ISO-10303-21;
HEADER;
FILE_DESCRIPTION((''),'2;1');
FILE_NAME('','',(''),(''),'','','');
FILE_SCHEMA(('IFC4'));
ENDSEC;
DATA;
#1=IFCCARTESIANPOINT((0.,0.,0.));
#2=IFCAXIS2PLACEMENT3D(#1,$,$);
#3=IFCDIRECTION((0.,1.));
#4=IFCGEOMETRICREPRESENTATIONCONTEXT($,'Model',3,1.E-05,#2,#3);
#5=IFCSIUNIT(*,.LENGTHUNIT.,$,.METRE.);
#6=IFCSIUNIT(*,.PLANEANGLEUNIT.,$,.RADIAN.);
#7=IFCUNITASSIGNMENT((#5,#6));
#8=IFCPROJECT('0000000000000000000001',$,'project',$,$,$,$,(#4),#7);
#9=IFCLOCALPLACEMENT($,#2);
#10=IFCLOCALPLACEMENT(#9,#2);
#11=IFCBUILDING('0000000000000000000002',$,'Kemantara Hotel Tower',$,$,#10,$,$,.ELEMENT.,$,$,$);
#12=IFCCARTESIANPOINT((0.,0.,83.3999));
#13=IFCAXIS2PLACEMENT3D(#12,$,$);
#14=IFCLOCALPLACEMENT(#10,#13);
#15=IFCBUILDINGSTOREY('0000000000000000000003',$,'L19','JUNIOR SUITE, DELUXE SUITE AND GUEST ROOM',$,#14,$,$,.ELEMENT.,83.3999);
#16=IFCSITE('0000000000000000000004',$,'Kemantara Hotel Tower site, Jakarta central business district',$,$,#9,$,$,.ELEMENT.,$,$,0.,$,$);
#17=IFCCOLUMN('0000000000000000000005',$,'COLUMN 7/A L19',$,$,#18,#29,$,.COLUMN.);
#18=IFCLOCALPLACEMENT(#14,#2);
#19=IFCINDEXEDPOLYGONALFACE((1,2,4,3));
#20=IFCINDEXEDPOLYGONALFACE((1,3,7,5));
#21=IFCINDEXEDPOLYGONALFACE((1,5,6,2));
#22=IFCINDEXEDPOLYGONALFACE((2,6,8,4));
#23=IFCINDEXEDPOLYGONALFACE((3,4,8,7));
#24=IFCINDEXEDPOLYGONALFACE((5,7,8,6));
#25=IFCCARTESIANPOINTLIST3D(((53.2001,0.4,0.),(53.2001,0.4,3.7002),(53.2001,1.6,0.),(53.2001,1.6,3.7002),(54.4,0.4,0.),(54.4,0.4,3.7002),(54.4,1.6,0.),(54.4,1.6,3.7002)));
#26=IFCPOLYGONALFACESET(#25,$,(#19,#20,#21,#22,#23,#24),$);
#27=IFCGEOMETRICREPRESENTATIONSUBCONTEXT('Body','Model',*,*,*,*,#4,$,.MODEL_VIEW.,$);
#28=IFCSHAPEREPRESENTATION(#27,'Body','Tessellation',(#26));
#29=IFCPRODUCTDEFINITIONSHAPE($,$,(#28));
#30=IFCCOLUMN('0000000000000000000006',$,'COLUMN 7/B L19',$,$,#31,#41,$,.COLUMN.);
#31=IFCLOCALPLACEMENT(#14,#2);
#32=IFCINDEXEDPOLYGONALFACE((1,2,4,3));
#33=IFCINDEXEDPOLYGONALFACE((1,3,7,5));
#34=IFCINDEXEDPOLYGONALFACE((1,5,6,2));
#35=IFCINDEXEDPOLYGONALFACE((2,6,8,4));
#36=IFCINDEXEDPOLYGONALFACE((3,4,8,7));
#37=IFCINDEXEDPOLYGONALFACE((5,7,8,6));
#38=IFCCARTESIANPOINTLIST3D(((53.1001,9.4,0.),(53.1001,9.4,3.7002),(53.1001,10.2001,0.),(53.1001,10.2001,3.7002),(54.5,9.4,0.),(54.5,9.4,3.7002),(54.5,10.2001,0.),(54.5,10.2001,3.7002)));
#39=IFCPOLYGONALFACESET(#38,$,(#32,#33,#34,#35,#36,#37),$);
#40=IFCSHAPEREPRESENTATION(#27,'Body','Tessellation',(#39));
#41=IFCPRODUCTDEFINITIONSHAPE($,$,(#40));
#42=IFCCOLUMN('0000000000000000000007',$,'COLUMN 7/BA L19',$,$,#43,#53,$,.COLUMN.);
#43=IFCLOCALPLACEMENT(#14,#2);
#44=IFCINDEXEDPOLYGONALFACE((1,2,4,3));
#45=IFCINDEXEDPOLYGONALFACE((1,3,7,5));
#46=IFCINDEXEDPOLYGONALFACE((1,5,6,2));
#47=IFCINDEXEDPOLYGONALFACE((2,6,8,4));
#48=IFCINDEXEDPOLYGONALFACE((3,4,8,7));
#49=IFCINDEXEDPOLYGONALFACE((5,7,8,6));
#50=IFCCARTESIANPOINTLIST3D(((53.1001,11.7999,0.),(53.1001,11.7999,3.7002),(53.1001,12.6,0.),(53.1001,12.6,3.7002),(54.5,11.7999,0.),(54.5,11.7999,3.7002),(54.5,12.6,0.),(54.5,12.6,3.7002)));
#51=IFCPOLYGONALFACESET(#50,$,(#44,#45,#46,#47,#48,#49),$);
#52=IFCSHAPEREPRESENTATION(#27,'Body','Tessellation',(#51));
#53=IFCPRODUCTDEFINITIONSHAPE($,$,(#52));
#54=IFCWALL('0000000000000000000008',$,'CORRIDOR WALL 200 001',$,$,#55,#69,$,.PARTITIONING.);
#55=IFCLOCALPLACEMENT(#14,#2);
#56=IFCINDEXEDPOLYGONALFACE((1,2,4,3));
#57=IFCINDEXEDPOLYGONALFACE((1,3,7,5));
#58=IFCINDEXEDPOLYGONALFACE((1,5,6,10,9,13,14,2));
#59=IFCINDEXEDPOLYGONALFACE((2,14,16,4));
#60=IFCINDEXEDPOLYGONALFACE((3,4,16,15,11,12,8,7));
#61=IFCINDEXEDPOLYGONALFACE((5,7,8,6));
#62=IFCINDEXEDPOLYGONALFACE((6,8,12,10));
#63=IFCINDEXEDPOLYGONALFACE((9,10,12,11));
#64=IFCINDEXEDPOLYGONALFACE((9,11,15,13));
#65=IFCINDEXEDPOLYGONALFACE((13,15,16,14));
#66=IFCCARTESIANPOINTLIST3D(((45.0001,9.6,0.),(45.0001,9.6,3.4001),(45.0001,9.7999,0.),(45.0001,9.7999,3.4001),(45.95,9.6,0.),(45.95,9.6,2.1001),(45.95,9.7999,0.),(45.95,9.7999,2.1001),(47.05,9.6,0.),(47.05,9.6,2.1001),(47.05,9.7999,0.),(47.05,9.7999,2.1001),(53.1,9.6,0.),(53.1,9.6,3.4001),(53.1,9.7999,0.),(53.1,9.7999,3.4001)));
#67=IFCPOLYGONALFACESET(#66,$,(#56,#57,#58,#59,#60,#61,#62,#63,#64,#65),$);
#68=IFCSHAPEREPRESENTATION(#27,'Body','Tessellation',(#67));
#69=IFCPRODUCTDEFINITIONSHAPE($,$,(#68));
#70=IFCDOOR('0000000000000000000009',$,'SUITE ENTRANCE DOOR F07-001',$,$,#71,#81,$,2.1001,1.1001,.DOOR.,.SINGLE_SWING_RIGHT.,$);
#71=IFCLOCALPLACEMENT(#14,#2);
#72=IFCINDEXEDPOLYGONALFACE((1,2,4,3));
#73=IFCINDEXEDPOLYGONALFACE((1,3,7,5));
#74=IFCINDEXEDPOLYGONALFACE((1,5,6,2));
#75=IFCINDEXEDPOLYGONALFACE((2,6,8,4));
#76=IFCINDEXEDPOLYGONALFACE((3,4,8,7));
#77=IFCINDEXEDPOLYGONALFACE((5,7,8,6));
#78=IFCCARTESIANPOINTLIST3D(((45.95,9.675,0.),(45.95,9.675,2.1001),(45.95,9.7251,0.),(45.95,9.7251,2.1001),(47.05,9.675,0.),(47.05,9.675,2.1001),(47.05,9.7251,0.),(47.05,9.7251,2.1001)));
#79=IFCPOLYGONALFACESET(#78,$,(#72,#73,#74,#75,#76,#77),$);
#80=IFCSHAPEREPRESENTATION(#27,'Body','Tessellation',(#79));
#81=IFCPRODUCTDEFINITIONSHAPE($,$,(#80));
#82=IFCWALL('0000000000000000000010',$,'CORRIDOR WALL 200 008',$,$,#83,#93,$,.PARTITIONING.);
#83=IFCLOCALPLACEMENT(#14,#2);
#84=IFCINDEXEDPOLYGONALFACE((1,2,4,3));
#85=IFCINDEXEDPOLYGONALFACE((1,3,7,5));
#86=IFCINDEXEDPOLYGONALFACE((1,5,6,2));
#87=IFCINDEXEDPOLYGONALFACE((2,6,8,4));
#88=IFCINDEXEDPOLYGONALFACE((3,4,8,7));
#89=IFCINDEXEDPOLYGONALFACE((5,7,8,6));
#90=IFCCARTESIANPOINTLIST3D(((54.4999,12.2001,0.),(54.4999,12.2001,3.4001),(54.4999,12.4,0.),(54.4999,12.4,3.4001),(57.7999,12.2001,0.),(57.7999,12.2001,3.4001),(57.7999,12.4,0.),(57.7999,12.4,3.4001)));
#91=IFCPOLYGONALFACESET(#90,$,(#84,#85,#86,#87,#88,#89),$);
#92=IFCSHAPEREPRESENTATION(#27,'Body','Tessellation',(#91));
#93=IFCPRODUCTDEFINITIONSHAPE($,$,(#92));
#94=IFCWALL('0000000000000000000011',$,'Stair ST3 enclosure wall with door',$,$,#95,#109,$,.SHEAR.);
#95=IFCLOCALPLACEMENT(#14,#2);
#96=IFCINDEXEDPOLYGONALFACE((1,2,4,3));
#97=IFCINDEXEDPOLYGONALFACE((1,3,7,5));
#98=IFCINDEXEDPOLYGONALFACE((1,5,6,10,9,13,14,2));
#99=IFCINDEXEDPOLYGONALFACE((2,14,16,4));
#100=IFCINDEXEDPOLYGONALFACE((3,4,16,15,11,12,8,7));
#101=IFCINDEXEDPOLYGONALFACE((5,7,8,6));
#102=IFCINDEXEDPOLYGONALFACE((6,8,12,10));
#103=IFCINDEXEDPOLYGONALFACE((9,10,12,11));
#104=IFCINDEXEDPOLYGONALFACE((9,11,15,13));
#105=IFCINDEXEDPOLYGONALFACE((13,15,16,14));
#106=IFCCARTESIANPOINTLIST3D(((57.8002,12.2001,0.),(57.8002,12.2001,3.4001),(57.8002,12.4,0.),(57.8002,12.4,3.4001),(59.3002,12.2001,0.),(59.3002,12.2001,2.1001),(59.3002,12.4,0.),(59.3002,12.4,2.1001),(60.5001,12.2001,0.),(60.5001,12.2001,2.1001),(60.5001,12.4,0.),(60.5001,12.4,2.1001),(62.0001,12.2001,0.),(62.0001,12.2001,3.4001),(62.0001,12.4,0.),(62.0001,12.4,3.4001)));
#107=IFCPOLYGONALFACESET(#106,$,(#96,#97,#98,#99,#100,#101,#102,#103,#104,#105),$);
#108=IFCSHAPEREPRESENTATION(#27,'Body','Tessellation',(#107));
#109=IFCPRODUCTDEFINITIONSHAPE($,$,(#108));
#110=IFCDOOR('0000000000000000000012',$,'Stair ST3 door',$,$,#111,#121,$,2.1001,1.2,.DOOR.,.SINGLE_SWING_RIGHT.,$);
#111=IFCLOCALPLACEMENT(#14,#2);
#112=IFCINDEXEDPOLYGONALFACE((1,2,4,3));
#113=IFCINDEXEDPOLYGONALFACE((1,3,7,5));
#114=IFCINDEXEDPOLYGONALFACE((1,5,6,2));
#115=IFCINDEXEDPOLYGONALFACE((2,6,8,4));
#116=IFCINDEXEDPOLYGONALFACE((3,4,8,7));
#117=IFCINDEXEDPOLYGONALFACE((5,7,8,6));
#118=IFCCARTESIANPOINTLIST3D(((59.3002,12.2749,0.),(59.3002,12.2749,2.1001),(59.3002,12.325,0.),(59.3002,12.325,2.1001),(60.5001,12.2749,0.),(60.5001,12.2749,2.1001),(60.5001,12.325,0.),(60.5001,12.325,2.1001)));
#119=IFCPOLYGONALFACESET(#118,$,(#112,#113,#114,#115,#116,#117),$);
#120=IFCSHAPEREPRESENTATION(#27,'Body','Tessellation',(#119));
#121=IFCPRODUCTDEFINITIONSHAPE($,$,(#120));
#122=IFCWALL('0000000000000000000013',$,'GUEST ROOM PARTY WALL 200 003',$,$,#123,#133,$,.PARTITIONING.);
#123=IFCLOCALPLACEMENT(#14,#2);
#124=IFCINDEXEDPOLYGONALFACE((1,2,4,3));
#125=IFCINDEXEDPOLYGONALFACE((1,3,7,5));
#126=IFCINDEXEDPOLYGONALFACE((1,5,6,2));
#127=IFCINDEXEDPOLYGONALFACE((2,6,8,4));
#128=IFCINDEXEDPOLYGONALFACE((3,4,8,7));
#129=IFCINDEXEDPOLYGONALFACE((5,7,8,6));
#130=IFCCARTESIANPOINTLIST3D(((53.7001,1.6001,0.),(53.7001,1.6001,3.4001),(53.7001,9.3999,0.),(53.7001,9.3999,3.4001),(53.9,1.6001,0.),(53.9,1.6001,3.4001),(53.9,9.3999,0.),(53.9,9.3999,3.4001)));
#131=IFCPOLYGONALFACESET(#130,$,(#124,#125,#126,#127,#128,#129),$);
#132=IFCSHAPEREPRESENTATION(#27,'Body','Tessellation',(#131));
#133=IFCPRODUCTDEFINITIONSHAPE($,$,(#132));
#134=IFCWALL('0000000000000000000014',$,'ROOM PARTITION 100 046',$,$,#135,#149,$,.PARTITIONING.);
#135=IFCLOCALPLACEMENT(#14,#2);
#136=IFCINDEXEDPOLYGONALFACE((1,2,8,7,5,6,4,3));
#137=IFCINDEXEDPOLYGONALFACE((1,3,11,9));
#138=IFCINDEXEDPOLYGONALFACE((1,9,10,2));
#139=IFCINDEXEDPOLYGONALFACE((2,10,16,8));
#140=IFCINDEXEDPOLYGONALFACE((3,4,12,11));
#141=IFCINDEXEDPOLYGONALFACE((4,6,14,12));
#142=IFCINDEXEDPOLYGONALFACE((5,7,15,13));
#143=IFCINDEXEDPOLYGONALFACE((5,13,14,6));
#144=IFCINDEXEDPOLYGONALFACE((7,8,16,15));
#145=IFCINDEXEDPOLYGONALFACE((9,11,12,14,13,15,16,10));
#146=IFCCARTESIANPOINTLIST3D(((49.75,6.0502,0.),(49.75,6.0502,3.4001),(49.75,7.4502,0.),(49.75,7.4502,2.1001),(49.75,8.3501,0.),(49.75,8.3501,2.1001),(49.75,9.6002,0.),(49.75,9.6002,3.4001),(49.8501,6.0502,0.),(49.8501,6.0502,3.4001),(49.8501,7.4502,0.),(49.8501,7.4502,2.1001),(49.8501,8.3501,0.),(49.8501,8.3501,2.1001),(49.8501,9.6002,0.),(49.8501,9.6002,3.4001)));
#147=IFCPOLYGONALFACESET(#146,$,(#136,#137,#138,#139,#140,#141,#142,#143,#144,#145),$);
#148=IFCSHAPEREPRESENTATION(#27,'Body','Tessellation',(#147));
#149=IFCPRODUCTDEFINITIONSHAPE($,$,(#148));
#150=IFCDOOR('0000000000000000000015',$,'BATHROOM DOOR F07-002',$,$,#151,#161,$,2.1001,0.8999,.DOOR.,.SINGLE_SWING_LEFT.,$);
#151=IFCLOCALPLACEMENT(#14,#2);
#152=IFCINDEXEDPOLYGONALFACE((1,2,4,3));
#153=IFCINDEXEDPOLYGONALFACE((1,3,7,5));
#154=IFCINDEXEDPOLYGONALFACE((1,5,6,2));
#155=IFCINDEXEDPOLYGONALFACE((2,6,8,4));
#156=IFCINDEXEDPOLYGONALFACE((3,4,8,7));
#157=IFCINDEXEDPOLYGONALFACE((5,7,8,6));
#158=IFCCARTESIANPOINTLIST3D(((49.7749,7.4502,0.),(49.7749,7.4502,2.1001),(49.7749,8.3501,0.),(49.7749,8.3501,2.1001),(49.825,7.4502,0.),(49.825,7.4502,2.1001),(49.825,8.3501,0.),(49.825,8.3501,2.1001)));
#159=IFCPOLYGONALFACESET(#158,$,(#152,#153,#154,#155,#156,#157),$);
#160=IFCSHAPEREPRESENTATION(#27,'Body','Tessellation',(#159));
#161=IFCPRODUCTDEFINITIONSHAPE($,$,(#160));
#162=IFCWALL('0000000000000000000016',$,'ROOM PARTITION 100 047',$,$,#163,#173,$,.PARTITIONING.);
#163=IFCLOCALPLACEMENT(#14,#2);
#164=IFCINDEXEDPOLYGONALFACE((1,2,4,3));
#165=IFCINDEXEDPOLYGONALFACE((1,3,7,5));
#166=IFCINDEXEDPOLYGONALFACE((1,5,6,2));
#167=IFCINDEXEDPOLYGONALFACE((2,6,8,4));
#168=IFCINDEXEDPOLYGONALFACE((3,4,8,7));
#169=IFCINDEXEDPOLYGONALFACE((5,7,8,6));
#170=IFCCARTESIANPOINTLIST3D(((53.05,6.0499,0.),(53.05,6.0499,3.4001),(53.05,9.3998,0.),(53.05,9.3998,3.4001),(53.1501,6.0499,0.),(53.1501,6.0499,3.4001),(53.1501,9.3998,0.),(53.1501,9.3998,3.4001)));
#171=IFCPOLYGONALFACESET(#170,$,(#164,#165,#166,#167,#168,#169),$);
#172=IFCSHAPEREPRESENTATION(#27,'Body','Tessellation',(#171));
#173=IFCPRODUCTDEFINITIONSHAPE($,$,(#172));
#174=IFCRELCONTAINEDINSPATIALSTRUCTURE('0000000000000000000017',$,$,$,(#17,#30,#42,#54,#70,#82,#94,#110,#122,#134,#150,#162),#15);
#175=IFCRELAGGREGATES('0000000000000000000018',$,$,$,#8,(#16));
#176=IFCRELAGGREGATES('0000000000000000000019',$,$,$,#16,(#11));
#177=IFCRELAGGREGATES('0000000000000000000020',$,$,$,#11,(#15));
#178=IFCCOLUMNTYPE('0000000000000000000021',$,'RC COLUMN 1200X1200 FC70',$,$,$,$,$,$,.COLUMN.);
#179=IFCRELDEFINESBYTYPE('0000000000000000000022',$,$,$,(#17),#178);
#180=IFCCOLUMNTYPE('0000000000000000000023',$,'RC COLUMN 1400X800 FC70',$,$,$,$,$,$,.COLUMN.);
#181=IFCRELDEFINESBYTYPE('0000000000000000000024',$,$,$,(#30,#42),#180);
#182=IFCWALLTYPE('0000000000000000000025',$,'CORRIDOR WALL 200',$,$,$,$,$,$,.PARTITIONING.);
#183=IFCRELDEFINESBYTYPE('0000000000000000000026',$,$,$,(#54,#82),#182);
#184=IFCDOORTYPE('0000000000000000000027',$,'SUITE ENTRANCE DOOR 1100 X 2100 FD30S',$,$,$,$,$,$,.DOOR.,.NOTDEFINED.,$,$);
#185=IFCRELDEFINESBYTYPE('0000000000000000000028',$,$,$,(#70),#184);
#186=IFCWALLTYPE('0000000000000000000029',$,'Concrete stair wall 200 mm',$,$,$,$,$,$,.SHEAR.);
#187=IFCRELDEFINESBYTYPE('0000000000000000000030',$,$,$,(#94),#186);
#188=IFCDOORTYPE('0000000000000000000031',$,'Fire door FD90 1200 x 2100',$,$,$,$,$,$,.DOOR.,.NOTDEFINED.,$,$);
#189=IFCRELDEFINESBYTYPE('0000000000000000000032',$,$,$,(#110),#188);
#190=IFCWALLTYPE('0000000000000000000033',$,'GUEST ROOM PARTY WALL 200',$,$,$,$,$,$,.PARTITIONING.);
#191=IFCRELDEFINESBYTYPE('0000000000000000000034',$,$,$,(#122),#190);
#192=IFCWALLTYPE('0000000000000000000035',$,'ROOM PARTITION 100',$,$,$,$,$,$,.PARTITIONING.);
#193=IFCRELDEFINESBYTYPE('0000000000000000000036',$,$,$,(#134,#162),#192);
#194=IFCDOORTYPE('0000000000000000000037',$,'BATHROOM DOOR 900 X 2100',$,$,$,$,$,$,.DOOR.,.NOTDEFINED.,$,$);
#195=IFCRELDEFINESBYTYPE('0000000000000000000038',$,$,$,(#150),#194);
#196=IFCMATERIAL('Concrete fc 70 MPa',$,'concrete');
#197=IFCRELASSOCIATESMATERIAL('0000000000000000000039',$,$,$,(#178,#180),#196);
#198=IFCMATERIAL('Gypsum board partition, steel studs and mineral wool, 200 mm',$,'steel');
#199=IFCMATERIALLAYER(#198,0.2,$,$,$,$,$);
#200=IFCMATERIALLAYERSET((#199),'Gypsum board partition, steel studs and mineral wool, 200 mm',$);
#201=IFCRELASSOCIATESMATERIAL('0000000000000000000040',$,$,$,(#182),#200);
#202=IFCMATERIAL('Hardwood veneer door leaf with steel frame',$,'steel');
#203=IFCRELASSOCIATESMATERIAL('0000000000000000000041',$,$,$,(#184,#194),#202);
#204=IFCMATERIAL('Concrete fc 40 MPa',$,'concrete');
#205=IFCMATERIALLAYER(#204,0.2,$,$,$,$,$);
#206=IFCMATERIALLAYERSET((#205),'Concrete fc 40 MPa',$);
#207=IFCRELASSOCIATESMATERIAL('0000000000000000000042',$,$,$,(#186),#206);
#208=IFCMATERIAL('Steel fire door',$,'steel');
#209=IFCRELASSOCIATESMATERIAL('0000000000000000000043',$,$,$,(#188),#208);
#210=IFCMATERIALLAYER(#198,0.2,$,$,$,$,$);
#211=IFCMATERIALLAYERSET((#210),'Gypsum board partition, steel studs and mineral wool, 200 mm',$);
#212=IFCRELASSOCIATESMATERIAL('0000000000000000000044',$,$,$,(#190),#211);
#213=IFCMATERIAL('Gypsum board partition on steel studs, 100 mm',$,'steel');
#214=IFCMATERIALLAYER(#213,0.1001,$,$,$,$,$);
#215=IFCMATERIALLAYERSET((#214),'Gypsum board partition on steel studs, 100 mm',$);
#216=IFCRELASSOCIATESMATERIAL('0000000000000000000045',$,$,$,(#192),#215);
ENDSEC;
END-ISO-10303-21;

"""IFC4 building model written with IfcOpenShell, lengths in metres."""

from ifc_helpers import new_model, si_unit, direction, frame, frame_2d, origin, origin_2d, place, context, subcontext, project, spatial, rectangle, extrude, material, layer, layer_set, material_profile, profile_set, type_object, element, fill, save


model = new_model("IFC4")

# Units and contexts
model_context = context("Model", 3, precision=1e-05, world=origin(), true_north=direction((0.0, 1.0)))
body_context = subcontext(model_context, "Body", "Model", "MODEL_VIEW")
ifc_project = project(units=[si_unit("LENGTHUNIT", "METRE"), si_unit("PLANEANGLEUNIT", "RADIAN")], contexts=[model_context])

# Site, building, storey
site_placement = place(None, origin())
site = spatial("IfcSite", under=ifc_project, at=site_placement, Name="Kemantara Hotel Tower site, Jakarta central business district", CompositionType="ELEMENT", RefElevation=0.0)
building_placement = place(site_placement, origin())
building = spatial("IfcBuilding", under=site, at=building_placement, Name="Kemantara Hotel Tower", CompositionType="ELEMENT")
storey_placement = place(building_placement, frame((0.0, 0.0, 83.3999)))
storey = spatial("IfcBuildingStorey", under=building, at=storey_placement, Name="L19", Description="JUNIOR SUITE, DELUXE SUITE AND GUEST ROOM", CompositionType="ELEMENT", Elevation=83.3999)

# Columns
ifc_material_1 = material(Name="Concrete fc 70 MPa", Category="concrete")
ifc_material_profile_1 = material_profile(ifc_material_1, rectangle(XDim=1.2, YDim=1.2, at=origin_2d()), Name="RC 1200X1200")
ifc_profile_set_1 = profile_set([ifc_material_profile_1], Name="Concrete fc 70 MPa")
column_type_1 = type_object("IfcColumnType", Name="RC COLUMN 1200X1200 FC70", PredefinedType="COLUMN", material=ifc_profile_set_1)
column_placement = place(storey_placement, frame((53.8, 1.0, 0.0), z_axis=(0.0, 0.0, 1.0), x_axis=(1.0, 0.0, 0.0)))
element("IfcColumn", 1, at=column_placement, inside=storey, type_object=column_type_1, Name="COLUMN 7/A L19", PredefinedType="COLUMN", context=body_context, shape_type="SweptSolid", body=[
    extrude(rectangle(XDim=1.2, YDim=1.2, at=origin_2d()), origin(), (0.0, 0.0, 1.0), 3.7002),
])
ifc_material_profile_2 = material_profile(ifc_material_1, rectangle(XDim=1.3999, YDim=0.8, at=origin_2d()), Name="RC 1400X800")
ifc_profile_set_2 = profile_set([ifc_material_profile_2], Name="Concrete fc 70 MPa")
column_type_2 = type_object("IfcColumnType", Name="RC COLUMN 1400X800 FC70", PredefinedType="COLUMN", material=ifc_profile_set_2)
for number, where, z_axis, x_axis, name in (
    (2, (53.8, 9.8, 0.0), (0.0, 0.0, 1.0), (1.0, 0.0, 0.0), "COLUMN 7/B L19"),
    (3, (53.8, 12.2, 0.0), (0.0, 0.0, 1.0), (1.0, 0.0, 0.0), "COLUMN 7/BA L19"),
):
    element("IfcColumn", number, at=place(storey_placement, frame(where, z_axis=z_axis, x_axis=x_axis)), inside=storey, type_object=column_type_2, Name=name, PredefinedType="COLUMN", context=body_context, shape_type="SweptSolid", body=[
        extrude(rectangle(XDim=1.3999, YDim=0.8, at=origin_2d()), origin(), (0.0, 0.0, 1.0), 3.7002),
    ])

# Wall, opening, door
ifc_material_2 = material(Name="Gypsum board partition, steel studs and mineral wool, 200 mm", Category="steel")
ifc_layer_1 = layer(ifc_material_2, 0.2)
ifc_layer_set_1 = layer_set([ifc_layer_1], Name="Gypsum board partition, steel studs and mineral wool, 200 mm")
wall_type_1 = type_object("IfcWallType", Name="CORRIDOR WALL 200", PredefinedType="PARTITIONING", material=ifc_layer_set_1)
wall_1_placement = place(storey_placement, frame((53.0999, 9.7, 0.0), z_axis=(0.0, 0.0, 1.0), x_axis=(-1.0, 0.0, 0.0)))
wall_1 = element("IfcWall", 4, at=wall_1_placement, inside=storey, type_object=wall_type_1, Name="CORRIDOR WALL 200 001", PredefinedType="PARTITIONING", context=body_context, shape_type="SweptSolid", body=[
    extrude(rectangle(XDim=8.0999, YDim=0.2, at=frame_2d((4.0498, 0.0))), origin(), (0.0, 0.0, 1.0), 3.4001),
])
opening_1_placement = place(wall_1_placement, frame((6.0498, 0.0, 0.0)))
opening_1 = element("IfcOpeningElement", 5, at=opening_1_placement, cuts=wall_1, PredefinedType="OPENING", context=body_context, shape_type="SweptSolid", body=[
    extrude(rectangle(XDim=1.1001, YDim=2.1001, at=frame_2d((0.55, 1.05))), frame((0.0, 0.1099, 0.0), z_axis=(0.0, -1.0, 0.0), x_axis=(1.0, 0.0, 0.0)), (0.0, 0.0, 1.0), 0.22),
])
ifc_material_3 = material(Name="Hardwood veneer door leaf with steel frame", Category="steel")
door_type_1 = type_object("IfcDoorType", Name="SUITE ENTRANCE DOOR 1100 X 2100 FD30S", OperationType="NOTDEFINED", PredefinedType="DOOR", material=ifc_material_3)
door_1_placement = place(opening_1_placement, origin())
door_1 = element("IfcDoor", 6, at=door_1_placement, inside=storey, type_object=door_type_1, Name="SUITE ENTRANCE DOOR F07-001", OperationType="SINGLE_SWING_RIGHT", OverallHeight=2.1001, OverallWidth=1.1001, PredefinedType="DOOR", context=body_context, shape_type="SweptSolid", body=[
    extrude(rectangle(XDim=1.1001, YDim=2.1001, at=frame_2d((0.55, 1.05))), frame((0.0, 0.0249, 0.0), z_axis=(0.0, -1.0, 0.0), x_axis=(1.0, 0.0, 0.0)), (0.0, 0.0, 1.0), 0.05),
])
fill(opening_1, door_1)

# Wall
wall_2_placement = place(storey_placement, frame((54.5, 12.3, 0.0), z_axis=(0.0, 0.0, 1.0), x_axis=(1.0, 0.0, 0.0)))
element("IfcWall", 7, at=wall_2_placement, inside=storey, type_object=wall_type_1, Name="CORRIDOR WALL 200 008", PredefinedType="PARTITIONING", context=body_context, shape_type="SweptSolid", body=[
    extrude(rectangle(XDim=3.3, YDim=0.2, at=frame_2d((1.6499, 0.0))), origin(), (0.0, 0.0, 1.0), 3.4001),
])

# Wall, opening, door
ifc_material_4 = material(Name="Concrete fc 40 MPa", Category="concrete")
ifc_layer_2 = layer(ifc_material_4, 0.2)
ifc_layer_set_2 = layer_set([ifc_layer_2], Name="Concrete fc 40 MPa")
wall_type_2 = type_object("IfcWallType", Name="Concrete stair wall 200 mm", PredefinedType="SHEAR", material=ifc_layer_set_2)
wall_3_placement = place(storey_placement, frame((57.8, 12.3, 0.0), z_axis=(0.0, 0.0, 1.0), x_axis=(1.0, 0.0, 0.0)))
wall_3 = element("IfcWall", 8, at=wall_3_placement, inside=storey, type_object=wall_type_2, Name="Stair ST3 enclosure wall with door", PredefinedType="SHEAR", context=body_context, shape_type="SweptSolid", body=[
    extrude(rectangle(XDim=4.2, YDim=0.2, at=frame_2d((2.1001, 0.0))), origin(), (0.0, 0.0, 1.0), 3.4001),
])
opening_2_placement = place(wall_3_placement, frame((1.5, 0.0, 0.0)))
opening_2 = element("IfcOpeningElement", 9, at=opening_2_placement, cuts=wall_3, PredefinedType="OPENING", context=body_context, shape_type="SweptSolid", body=[
    extrude(rectangle(XDim=1.2, YDim=2.1001, at=frame_2d((0.6001, 1.05))), frame((0.0, 0.1099, 0.0), z_axis=(0.0, -1.0, 0.0), x_axis=(1.0, 0.0, 0.0)), (0.0, 0.0, 1.0), 0.22),
])
ifc_material_5 = material(Name="Steel fire door", Category="steel")
door_type_2 = type_object("IfcDoorType", Name="Fire door FD90 1200 x 2100", OperationType="NOTDEFINED", PredefinedType="DOOR", material=ifc_material_5)
door_2_placement = place(opening_2_placement, origin())
door_2 = element("IfcDoor", 10, at=door_2_placement, inside=storey, type_object=door_type_2, Name="Stair ST3 door", OperationType="SINGLE_SWING_RIGHT", OverallHeight=2.1001, OverallWidth=1.2, PredefinedType="DOOR", context=body_context, shape_type="SweptSolid", body=[
    extrude(rectangle(XDim=1.2, YDim=2.1001, at=frame_2d((0.6001, 1.05))), frame((0.0, 0.0249, 0.0), z_axis=(0.0, -1.0, 0.0), x_axis=(1.0, 0.0, 0.0)), (0.0, 0.0, 1.0), 0.05),
])
fill(opening_2, door_2)

# Wall
ifc_layer_3 = layer(ifc_material_2, 0.2)
ifc_layer_set_3 = layer_set([ifc_layer_3], Name="Gypsum board partition, steel studs and mineral wool, 200 mm")
wall_type_3 = type_object("IfcWallType", Name="GUEST ROOM PARTY WALL 200", PredefinedType="PARTITIONING", material=ifc_layer_set_3)
wall_4_placement = place(storey_placement, frame((53.8, 1.6001, 0.0), z_axis=(0.0, 0.0, 1.0), x_axis=(0.0, 1.0, 0.0)))
element("IfcWall", 11, at=wall_4_placement, inside=storey, type_object=wall_type_3, Name="GUEST ROOM PARTY WALL 200 003", PredefinedType="PARTITIONING", context=body_context, shape_type="SweptSolid", body=[
    extrude(rectangle(XDim=7.7998, YDim=0.2, at=frame_2d((3.8999, 0.0))), origin(), (0.0, 0.0, 1.0), 3.4001),
])

# Wall, opening, door
ifc_material_6 = material(Name="Gypsum board partition on steel studs, 100 mm", Category="steel")
ifc_layer_4 = layer(ifc_material_6, 0.1001)
ifc_layer_set_4 = layer_set([ifc_layer_4], Name="Gypsum board partition on steel studs, 100 mm")
wall_type_4 = type_object("IfcWallType", Name="ROOM PARTITION 100", PredefinedType="PARTITIONING", material=ifc_layer_set_4)
wall_5_placement = place(storey_placement, frame((49.8, 9.6001, 0.0), z_axis=(0.0, 0.0, 1.0), x_axis=(0.0, -1.0, 0.0)))
wall_5 = element("IfcWall", 12, at=wall_5_placement, inside=storey, type_object=wall_type_4, Name="ROOM PARTITION 100 046", PredefinedType="PARTITIONING", context=body_context, shape_type="SweptSolid", body=[
    extrude(rectangle(XDim=3.55, YDim=0.1001, at=frame_2d((1.7749, 0.0))), origin(), (0.0, 0.0, 1.0), 3.4001),
])
opening_3_placement = place(wall_5_placement, frame((1.25, 0.0, 0.0)))
opening_3 = element("IfcOpeningElement", 13, at=opening_3_placement, cuts=wall_5, PredefinedType="OPENING", context=body_context, shape_type="SweptSolid", body=[
    extrude(rectangle(XDim=0.8999, YDim=2.1001, at=frame_2d((0.45, 1.05))), frame((0.0, 0.0601, 0.0), z_axis=(0.0, -1.0, 0.0), x_axis=(1.0, 0.0, 0.0)), (0.0, 0.0, 1.0), 0.1201),
])
door_type_3 = type_object("IfcDoorType", Name="BATHROOM DOOR 900 X 2100", OperationType="NOTDEFINED", PredefinedType="DOOR", material=ifc_material_3)
door_3_placement = place(opening_3_placement, origin())
door_3 = element("IfcDoor", 14, at=door_3_placement, inside=storey, type_object=door_type_3, Name="BATHROOM DOOR F07-002", OperationType="SINGLE_SWING_LEFT", OverallHeight=2.1001, OverallWidth=0.8999, PredefinedType="DOOR", context=body_context, shape_type="SweptSolid", body=[
    extrude(rectangle(XDim=0.8999, YDim=2.1001, at=frame_2d((0.45, 1.05))), frame((0.0, 0.0249, 0.0), z_axis=(0.0, -1.0, 0.0), x_axis=(1.0, 0.0, 0.0)), (0.0, 0.0, 1.0), 0.05),
])
fill(opening_3, door_3)

# Wall
wall_6_placement = place(storey_placement, frame((53.1001, 6.05, 0.0), z_axis=(0.0, 0.0, 1.0), x_axis=(0.0, 1.0, 0.0)))
element("IfcWall", 15, at=wall_6_placement, inside=storey, type_object=wall_type_4, Name="ROOM PARTITION 100 047", PredefinedType="PARTITIONING", context=body_context, shape_type="SweptSolid", body=[
    extrude(rectangle(XDim=3.3499, YDim=0.1001, at=frame_2d((1.6748, 0.0))), origin(), (0.0, 0.0, 1.0), 3.4001),
])

save(model, "model.ifc")
